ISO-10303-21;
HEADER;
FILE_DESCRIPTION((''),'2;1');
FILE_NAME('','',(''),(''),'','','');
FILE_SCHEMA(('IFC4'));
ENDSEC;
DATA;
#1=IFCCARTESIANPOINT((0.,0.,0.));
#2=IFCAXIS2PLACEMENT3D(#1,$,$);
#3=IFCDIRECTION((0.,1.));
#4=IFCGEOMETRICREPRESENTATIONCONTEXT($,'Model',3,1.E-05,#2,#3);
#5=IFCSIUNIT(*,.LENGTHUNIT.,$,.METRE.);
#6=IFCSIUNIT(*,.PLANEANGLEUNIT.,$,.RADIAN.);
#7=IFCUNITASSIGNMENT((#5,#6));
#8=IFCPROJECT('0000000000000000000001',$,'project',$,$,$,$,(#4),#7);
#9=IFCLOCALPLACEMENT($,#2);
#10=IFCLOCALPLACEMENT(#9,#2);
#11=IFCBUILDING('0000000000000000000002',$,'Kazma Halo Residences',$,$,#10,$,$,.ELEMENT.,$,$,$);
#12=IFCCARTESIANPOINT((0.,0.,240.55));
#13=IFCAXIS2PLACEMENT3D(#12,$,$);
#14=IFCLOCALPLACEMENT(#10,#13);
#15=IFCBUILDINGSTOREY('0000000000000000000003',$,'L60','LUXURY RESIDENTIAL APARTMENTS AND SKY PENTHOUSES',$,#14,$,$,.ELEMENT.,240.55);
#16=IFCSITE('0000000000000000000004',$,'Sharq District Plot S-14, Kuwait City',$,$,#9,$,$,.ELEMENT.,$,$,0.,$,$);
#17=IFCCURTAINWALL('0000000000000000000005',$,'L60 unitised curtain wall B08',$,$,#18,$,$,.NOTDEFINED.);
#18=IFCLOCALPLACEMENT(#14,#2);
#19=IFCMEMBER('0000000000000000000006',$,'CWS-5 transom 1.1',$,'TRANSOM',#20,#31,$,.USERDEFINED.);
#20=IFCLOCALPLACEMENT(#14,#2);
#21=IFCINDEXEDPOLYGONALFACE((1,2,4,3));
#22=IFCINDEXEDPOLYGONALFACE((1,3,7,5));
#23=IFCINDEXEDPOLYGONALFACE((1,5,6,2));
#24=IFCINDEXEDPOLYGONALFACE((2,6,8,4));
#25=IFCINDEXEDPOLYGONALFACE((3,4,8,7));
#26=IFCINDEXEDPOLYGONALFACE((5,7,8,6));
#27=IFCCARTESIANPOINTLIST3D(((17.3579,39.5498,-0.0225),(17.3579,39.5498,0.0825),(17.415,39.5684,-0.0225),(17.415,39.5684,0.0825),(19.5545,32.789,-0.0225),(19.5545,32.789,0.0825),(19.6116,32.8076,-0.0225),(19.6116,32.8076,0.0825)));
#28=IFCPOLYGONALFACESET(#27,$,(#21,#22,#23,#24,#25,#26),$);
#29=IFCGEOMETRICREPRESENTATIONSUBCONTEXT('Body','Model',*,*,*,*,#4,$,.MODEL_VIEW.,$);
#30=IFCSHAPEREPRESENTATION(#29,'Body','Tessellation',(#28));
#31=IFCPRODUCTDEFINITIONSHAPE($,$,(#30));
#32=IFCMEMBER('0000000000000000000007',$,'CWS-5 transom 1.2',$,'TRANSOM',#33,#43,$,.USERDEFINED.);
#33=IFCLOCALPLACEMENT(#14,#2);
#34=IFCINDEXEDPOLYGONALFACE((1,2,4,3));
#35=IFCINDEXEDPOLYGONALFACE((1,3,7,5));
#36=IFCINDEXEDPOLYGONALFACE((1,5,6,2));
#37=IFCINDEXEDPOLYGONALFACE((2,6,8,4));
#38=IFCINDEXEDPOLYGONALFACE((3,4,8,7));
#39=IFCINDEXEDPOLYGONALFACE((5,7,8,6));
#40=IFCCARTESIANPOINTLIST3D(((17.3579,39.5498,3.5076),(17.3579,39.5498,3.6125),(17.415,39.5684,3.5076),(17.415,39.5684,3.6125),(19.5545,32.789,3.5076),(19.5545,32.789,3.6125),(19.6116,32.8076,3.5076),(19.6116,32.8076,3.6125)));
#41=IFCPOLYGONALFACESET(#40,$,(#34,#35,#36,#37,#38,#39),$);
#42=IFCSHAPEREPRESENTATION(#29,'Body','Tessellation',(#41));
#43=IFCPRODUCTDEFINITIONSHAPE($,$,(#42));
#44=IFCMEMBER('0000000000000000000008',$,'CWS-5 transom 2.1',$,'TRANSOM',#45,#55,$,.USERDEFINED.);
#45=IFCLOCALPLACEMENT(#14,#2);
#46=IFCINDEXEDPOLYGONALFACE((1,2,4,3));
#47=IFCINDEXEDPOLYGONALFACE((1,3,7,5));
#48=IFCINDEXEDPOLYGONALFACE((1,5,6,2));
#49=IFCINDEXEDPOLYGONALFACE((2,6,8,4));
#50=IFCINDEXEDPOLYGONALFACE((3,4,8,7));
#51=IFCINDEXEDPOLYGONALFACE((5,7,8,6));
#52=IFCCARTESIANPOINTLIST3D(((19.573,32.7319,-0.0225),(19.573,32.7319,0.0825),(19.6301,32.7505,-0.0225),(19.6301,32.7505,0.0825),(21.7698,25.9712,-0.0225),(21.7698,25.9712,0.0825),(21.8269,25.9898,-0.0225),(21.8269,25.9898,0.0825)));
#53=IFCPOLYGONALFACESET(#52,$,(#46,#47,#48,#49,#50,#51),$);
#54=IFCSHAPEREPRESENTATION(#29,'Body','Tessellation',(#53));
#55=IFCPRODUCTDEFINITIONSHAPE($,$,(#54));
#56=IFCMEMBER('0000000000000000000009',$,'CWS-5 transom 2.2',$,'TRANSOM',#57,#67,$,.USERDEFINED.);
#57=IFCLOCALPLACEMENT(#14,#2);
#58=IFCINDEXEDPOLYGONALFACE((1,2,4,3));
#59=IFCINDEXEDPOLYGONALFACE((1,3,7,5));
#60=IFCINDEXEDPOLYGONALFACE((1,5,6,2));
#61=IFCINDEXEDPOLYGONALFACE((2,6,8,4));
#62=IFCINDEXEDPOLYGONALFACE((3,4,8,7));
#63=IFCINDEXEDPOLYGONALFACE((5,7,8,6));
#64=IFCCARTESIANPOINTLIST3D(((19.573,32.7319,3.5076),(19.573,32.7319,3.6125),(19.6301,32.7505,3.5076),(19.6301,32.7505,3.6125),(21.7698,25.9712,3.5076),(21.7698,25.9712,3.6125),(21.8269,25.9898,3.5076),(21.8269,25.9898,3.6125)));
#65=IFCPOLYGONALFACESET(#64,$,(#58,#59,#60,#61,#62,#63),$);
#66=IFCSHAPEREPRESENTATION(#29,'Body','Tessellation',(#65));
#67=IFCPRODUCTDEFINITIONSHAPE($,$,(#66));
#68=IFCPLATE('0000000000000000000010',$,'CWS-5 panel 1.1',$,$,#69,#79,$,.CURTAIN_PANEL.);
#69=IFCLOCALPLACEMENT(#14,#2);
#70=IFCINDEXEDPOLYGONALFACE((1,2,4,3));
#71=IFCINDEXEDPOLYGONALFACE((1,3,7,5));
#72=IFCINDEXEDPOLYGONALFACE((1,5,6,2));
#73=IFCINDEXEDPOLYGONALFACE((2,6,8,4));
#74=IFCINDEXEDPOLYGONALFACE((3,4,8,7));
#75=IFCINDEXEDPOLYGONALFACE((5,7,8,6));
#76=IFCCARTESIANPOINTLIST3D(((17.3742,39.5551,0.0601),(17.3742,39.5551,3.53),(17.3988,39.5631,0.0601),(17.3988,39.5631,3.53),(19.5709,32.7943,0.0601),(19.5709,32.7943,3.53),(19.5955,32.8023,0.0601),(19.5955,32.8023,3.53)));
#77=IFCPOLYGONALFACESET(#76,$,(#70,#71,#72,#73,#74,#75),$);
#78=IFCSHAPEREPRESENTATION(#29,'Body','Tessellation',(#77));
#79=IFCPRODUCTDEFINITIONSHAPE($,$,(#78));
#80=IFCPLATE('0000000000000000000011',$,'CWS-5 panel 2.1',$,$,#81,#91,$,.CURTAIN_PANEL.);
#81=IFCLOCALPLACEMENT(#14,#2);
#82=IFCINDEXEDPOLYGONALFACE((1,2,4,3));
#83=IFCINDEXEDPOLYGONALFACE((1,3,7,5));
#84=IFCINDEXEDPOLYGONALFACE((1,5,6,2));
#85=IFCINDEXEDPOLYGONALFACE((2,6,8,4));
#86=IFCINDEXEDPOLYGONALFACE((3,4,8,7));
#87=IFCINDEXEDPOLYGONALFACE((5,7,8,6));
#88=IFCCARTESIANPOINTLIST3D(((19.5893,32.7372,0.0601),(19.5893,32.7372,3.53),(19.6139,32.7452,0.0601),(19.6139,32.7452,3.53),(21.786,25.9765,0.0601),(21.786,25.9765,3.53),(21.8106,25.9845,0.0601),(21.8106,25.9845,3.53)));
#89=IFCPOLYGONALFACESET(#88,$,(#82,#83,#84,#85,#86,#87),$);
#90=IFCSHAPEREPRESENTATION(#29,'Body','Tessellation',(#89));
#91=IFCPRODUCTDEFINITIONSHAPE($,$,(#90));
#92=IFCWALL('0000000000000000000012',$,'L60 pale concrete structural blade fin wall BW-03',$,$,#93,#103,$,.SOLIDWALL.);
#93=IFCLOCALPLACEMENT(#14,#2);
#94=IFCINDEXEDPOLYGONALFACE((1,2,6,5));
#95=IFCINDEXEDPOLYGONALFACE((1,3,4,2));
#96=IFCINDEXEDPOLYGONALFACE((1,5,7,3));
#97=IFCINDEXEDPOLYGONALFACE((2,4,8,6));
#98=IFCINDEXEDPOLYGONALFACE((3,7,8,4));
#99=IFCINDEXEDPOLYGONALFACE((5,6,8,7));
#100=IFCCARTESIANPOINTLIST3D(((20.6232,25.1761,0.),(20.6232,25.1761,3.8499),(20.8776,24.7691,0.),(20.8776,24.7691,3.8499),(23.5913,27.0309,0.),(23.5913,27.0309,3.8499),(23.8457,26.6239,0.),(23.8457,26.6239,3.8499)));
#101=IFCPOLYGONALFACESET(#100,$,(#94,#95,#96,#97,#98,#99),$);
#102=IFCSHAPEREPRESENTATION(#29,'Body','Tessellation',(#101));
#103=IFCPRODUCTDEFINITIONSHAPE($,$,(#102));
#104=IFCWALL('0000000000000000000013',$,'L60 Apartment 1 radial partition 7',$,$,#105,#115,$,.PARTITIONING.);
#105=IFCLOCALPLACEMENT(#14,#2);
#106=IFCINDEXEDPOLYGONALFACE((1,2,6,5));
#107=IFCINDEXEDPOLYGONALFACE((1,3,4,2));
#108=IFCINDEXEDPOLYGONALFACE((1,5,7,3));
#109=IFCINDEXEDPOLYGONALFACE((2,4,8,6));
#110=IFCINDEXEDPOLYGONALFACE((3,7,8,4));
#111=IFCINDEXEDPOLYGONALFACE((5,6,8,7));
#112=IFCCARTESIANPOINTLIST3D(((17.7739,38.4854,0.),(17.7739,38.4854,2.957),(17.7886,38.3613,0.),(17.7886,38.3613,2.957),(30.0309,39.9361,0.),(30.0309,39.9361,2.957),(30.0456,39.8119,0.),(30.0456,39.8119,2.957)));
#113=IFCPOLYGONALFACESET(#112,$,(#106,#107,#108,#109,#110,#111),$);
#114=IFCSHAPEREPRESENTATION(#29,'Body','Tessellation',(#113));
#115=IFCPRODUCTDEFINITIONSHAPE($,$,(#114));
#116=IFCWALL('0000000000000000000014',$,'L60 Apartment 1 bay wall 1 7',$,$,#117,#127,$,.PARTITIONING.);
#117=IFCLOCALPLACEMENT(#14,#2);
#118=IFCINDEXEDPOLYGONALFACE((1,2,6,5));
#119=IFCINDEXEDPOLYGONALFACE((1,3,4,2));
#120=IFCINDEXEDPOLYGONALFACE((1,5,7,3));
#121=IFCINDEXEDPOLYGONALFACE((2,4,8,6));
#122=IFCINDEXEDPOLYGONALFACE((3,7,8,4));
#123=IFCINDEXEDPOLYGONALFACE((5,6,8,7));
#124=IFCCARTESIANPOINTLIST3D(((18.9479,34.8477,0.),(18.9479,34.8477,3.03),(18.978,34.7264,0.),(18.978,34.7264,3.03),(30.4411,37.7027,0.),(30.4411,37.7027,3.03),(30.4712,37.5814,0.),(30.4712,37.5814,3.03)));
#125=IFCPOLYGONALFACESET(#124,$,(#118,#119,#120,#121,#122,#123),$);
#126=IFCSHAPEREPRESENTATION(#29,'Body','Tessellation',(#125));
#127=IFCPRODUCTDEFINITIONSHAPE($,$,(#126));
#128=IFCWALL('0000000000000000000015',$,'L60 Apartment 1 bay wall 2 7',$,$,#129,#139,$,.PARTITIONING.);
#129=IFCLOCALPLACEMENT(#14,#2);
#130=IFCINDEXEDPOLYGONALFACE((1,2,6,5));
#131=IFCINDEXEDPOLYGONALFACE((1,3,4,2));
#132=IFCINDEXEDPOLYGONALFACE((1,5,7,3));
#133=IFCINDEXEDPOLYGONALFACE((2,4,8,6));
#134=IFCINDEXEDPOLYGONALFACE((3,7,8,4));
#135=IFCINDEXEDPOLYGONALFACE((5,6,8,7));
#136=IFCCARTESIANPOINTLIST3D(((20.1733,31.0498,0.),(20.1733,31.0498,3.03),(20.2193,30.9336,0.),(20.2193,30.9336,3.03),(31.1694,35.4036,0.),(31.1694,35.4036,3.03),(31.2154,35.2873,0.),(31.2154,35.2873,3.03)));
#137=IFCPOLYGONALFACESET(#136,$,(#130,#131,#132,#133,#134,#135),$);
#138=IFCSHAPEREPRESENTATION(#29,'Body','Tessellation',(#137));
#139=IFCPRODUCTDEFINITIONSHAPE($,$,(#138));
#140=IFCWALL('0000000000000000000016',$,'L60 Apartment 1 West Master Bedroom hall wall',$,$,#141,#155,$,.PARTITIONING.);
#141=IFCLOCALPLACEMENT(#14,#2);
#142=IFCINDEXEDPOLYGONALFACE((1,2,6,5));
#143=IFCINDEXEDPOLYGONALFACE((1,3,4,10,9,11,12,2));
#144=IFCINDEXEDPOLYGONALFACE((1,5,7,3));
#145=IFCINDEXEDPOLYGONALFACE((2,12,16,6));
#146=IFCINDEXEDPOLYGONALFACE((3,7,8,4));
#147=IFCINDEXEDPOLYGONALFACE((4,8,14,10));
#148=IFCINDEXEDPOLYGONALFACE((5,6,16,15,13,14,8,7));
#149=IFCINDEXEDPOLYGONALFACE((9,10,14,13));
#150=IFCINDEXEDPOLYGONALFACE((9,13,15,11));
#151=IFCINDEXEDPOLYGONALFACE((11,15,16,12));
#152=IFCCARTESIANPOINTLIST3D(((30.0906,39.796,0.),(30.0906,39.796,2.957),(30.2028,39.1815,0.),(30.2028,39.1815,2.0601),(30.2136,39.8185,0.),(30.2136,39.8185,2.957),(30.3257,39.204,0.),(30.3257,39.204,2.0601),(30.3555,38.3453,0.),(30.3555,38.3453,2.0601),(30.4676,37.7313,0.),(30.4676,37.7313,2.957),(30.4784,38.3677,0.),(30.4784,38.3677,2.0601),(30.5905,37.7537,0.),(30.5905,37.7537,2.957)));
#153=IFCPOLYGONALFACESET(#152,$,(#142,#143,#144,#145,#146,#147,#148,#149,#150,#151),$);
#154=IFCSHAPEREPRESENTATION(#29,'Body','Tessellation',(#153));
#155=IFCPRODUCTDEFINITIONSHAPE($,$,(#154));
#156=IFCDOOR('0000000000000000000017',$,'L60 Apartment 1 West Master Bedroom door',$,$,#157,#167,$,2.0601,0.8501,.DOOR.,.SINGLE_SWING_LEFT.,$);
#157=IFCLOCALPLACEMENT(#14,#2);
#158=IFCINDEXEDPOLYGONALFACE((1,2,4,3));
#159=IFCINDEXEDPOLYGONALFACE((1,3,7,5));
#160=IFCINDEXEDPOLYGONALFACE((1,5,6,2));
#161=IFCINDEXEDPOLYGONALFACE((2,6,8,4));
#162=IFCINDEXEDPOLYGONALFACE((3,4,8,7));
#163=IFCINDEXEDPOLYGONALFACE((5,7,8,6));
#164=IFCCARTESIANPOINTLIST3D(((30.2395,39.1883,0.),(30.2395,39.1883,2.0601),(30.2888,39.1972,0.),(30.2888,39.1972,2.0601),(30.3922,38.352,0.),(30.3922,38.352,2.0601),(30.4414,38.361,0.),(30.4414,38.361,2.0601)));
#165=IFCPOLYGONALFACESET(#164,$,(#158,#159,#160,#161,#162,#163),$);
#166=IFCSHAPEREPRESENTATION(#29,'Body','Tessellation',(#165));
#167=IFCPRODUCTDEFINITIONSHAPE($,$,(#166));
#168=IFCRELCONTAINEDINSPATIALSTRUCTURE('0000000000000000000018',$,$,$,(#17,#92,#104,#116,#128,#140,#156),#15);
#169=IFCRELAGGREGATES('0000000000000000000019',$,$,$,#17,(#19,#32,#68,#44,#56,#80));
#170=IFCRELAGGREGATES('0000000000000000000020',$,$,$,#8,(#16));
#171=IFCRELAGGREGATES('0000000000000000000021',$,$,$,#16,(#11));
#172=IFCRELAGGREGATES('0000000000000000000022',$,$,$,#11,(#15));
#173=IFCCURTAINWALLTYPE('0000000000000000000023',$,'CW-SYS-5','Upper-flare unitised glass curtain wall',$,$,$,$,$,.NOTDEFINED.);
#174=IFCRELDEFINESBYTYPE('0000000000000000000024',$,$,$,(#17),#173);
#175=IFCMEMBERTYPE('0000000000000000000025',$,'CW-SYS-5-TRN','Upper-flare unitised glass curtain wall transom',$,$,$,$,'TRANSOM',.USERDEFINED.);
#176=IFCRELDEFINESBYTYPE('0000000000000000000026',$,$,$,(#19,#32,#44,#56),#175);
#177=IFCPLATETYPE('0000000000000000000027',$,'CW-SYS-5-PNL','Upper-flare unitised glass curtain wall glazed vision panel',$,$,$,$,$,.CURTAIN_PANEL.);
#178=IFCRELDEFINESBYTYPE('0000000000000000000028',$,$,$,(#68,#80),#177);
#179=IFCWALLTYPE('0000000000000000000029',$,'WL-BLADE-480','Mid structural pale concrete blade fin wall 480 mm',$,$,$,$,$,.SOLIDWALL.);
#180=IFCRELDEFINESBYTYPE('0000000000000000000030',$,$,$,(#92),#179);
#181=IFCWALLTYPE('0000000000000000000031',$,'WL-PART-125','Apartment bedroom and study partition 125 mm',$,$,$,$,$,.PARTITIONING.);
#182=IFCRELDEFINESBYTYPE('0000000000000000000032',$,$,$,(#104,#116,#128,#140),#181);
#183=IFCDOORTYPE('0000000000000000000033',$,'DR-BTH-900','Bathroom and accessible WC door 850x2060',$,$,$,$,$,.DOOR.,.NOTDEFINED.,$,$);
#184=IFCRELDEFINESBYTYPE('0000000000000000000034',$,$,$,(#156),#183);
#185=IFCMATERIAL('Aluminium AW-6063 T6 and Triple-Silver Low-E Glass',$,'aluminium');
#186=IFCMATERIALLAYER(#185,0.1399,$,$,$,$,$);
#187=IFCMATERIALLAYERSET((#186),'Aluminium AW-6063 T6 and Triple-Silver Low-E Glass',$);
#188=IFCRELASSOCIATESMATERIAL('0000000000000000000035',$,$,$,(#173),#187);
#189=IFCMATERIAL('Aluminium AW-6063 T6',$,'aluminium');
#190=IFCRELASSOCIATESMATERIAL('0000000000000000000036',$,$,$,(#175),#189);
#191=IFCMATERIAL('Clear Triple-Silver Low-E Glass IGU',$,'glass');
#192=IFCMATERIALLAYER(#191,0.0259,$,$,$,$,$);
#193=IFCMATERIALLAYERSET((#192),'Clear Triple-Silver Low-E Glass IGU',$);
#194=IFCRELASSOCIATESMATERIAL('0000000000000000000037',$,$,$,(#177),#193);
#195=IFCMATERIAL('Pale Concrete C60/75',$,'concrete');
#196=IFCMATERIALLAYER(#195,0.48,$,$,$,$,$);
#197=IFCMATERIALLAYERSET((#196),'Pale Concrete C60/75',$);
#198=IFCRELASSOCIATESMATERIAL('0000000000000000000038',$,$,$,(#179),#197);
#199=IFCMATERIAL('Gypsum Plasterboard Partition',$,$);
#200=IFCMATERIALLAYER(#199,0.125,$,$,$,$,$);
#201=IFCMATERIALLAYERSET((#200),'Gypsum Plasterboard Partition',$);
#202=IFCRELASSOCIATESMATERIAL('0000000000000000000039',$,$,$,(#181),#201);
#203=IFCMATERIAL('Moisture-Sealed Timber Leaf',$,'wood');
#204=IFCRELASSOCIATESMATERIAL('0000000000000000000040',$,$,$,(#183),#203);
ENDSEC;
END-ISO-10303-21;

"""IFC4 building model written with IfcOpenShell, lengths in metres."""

from ifc_helpers import new_model, si_unit, direction, frame, frame_2d, origin, origin_2d, place, context, subcontext, project, spatial, rectangle, extrude, material, layer, layer_set, material_profile, profile_set, type_object, element, fill, aggregate, save


model = new_model("IFC4")

# Units and contexts
model_context = context("Model", 3, precision=1e-05, world=origin(), true_north=direction((0.0, 1.0)))
body_context = subcontext(model_context, "Body", "Model", "MODEL_VIEW")
ifc_project = project(units=[si_unit("LENGTHUNIT", "METRE"), si_unit("PLANEANGLEUNIT", "RADIAN")], contexts=[model_context])

# Site, building, storey
site_placement = place(None, origin())
site = spatial("IfcSite", under=ifc_project, at=site_placement, Name="Sharq District Plot S-14, Kuwait City", CompositionType="ELEMENT", RefElevation=0.0)
building_placement = place(site_placement, origin())
building = spatial("IfcBuilding", under=site, at=building_placement, Name="Kazma Halo Residences", CompositionType="ELEMENT")
storey_placement = place(building_placement, frame((0.0, 0.0, 240.55)))
storey = spatial("IfcBuildingStorey", under=building, at=storey_placement, Name="L60", Description="LUXURY RESIDENTIAL APARTMENTS AND SKY PENTHOUSES", CompositionType="ELEMENT", Elevation=240.55)

# Curtain wall, members, plates
ifc_material_1 = material(Name="Aluminium AW-6063 T6 and Triple-Silver Low-E Glass", Category="aluminium")
ifc_layer_1 = layer(ifc_material_1, 0.1399)
ifc_layer_set_1 = layer_set([ifc_layer_1], Name="Aluminium AW-6063 T6 and Triple-Silver Low-E Glass")
curtain_wall_type = type_object("IfcCurtainWallType", Name="CW-SYS-5", Description="Upper-flare unitised glass curtain wall", PredefinedType="NOTDEFINED", material=ifc_layer_set_1)
curtain_wall_placement = place(storey_placement, origin())
curtain_wall = element("IfcCurtainWall", 1, at=curtain_wall_placement, inside=storey, type_object=curtain_wall_type, Name="L60 unitised curtain wall B08", PredefinedType="NOTDEFINED")
ifc_material_2 = material(Name="Aluminium AW-6063 T6", Category="aluminium")
ifc_material_profile_1 = material_profile(ifc_material_2, rectangle(XDim=0.0601, YDim=0.105, at=origin_2d()), Name="CWT-60x105")
ifc_profile_set_1 = profile_set([ifc_material_profile_1], Name="Aluminium AW-6063 T6")
member_type_1 = type_object("IfcMemberType", Name="CW-SYS-5-TRN", Description="Upper-flare unitised glass curtain wall transom", ElementType="TRANSOM", PredefinedType="USERDEFINED", material=ifc_profile_set_1)
member_1_placement = place(storey_placement, frame((17.3865, 39.5591, 0.03), z_axis=(0.308996, -0.951063, 0.0), x_axis=(0.951063, 0.308996, 0.0)))
member_1 = element("IfcMember", 2, at=member_1_placement, type_object=member_type_1, Name="CWS-5 transom 1.1", ObjectType="TRANSOM", PredefinedType="USERDEFINED", context=body_context, shape_type="SweptSolid", body=[
    extrude(rectangle(XDim=0.0601, YDim=0.105, at=origin_2d()), origin(), (0.0, 0.0, 1.0), 7.1086),
])
member_2_placement = place(storey_placement, frame((17.3865, 39.5591, 3.5601), z_axis=(0.308996, -0.951063, 0.0), x_axis=(0.951063, 0.308996, 0.0)))
member_2 = element("IfcMember", 3, at=member_2_placement, type_object=member_type_1, Name="CWS-5 transom 1.2", ObjectType="TRANSOM", PredefinedType="USERDEFINED", context=body_context, shape_type="SweptSolid", body=[
    extrude(rectangle(XDim=0.0601, YDim=0.105, at=origin_2d()), origin(), (0.0, 0.0, 1.0), 7.1086),
])
member_3_placement = place(storey_placement, frame((19.6016, 32.7412, 0.03), z_axis=(0.309027, -0.951053, 0.0), x_axis=(0.951053, 0.309027, 0.0)))
member_3 = element("IfcMember", 4, at=member_3_placement, type_object=member_type_1, Name="CWS-5 transom 2.1", ObjectType="TRANSOM", PredefinedType="USERDEFINED", context=body_context, shape_type="SweptSolid", body=[
    extrude(rectangle(XDim=0.0601, YDim=0.105, at=origin_2d()), origin(), (0.0, 0.0, 1.0), 7.1086),
])
member_4_placement = place(storey_placement, frame((19.6016, 32.7412, 3.5601), z_axis=(0.309027, -0.951053, 0.0), x_axis=(0.951053, 0.309027, 0.0)))
member_4 = element("IfcMember", 5, at=member_4_placement, type_object=member_type_1, Name="CWS-5 transom 2.2", ObjectType="TRANSOM", PredefinedType="USERDEFINED", context=body_context, shape_type="SweptSolid", body=[
    extrude(rectangle(XDim=0.0601, YDim=0.105, at=origin_2d()), origin(), (0.0, 0.0, 1.0), 7.1086),
])
ifc_material_3 = material(Name="Clear Triple-Silver Low-E Glass IGU", Category="glass")
ifc_layer_2 = layer(ifc_material_3, 0.0259)
ifc_layer_set_2 = layer_set([ifc_layer_2], Name="Clear Triple-Silver Low-E Glass IGU")
plate_type = type_object("IfcPlateType", Name="CW-SYS-5-PNL", Description="Upper-flare unitised glass curtain wall glazed vision panel", PredefinedType="CURTAIN_PANEL", material=ifc_layer_set_2)
plate_1_placement = place(storey_placement, frame((18.4849, 36.1787, 0.0601), z_axis=(0.0, 0.0, 1.0), x_axis=(0.309011, -0.951058, 0.0)))
plate_1 = element("IfcPlate", 6, at=plate_1_placement, type_object=plate_type, Name="CWS-5 panel 1.1", PredefinedType="CURTAIN_PANEL", context=body_context, shape_type="SweptSolid", body=[
    extrude(rectangle(XDim=7.1086, YDim=0.0259, at=origin_2d()), origin(), (0.0, 0.0, 1.0), 3.47),
])
plate_2_placement = place(storey_placement, frame((20.7, 29.3608, 0.0601), z_axis=(0.0, 0.0, 1.0), x_axis=(0.309011, -0.951058, 0.0)))
plate_2 = element("IfcPlate", 7, at=plate_2_placement, type_object=plate_type, Name="CWS-5 panel 2.1", PredefinedType="CURTAIN_PANEL", context=body_context, shape_type="SweptSolid", body=[
    extrude(rectangle(XDim=7.1086, YDim=0.0259, at=origin_2d()), origin(), (0.0, 0.0, 1.0), 3.47),
])
aggregate(curtain_wall, [member_1, member_2, plate_1, member_3, member_4, plate_2])

# Walls
ifc_material_4 = material(Name="Pale Concrete C60/75", Category="concrete")
ifc_layer_3 = layer(ifc_material_4, 0.48)
ifc_layer_set_3 = layer_set([ifc_layer_3], Name="Pale Concrete C60/75")
wall_type_1 = type_object("IfcWallType", Name="WL-BLADE-480", Description="Mid structural pale concrete blade fin wall 480 mm", PredefinedType="SOLIDWALL", material=ifc_layer_set_3)
wall_1_placement = place(storey_placement, frame((23.7185, 26.8274, 0.0), z_axis=(0.0, 0.0, 1.0), x_axis=(-0.848034, -0.529943, 0.0)))
element("IfcWall", 8, at=wall_1_placement, inside=storey, type_object=wall_type_1, Name="L60 pale concrete structural blade fin wall BW-03", PredefinedType="SOLIDWALL", context=body_context, shape_type="SweptSolid", body=[
    extrude(rectangle(XDim=3.5, YDim=0.48, at=frame_2d((1.75, 0.0))), origin(), (0.0, 0.0, 1.0), 3.8499),
])
ifc_material_5 = material(Name="Gypsum Plasterboard Partition")
ifc_layer_4 = layer(ifc_material_5, 0.125)
ifc_layer_set_4 = layer_set([ifc_layer_4], Name="Gypsum Plasterboard Partition")
wall_type_2 = type_object("IfcWallType", Name="WL-PART-125", Description="Apartment bedroom and study partition 125 mm", PredefinedType="PARTITIONING", material=ifc_layer_set_4)
wall_2_placement = place(storey_placement, frame((30.0383, 39.874, 0.0), z_axis=(0.0, 0.0, 1.0), x_axis=(-0.993069, -0.117534, 0.0)))
element("IfcWall", 9, at=wall_2_placement, inside=storey, type_object=wall_type_2, Name="L60 Apartment 1 radial partition 7", PredefinedType="PARTITIONING", context=body_context, shape_type="SweptSolid", body=[
    extrude(rectangle(XDim=12.3425, YDim=0.125, at=frame_2d((6.1714, 0.0))), origin(), (0.0, 0.0, 1.0), 2.957),
])
wall_3_placement = place(storey_placement, frame((30.4563, 37.6421, 0.0), z_axis=(0.0, 0.0, 1.0), x_axis=(-0.970505, -0.24108, 0.0)))
element("IfcWall", 10, at=wall_3_placement, inside=storey, type_object=wall_type_2, Name="L60 Apartment 1 bay wall 1 7", PredefinedType="PARTITIONING", context=body_context, shape_type="SweptSolid", body=[
    extrude(rectangle(XDim=11.8425, YDim=0.125, at=frame_2d((5.9214, 0.0))), origin(), (0.0, 0.0, 1.0), 3.03),
])
wall_4_placement = place(storey_placement, frame((31.1924, 35.3455, 0.0), z_axis=(0.0, 0.0, 1.0), x_axis=(-0.929774, -0.368132, 0.0)))
element("IfcWall", 11, at=wall_4_placement, inside=storey, type_object=wall_type_2, Name="L60 Apartment 1 bay wall 2 7", PredefinedType="PARTITIONING", context=body_context, shape_type="SweptSolid", body=[
    extrude(rectangle(XDim=11.8267, YDim=0.125, at=frame_2d((5.9133, 0.0))), origin(), (0.0, 0.0, 1.0), 3.03),
])

# Wall, opening, door
wall_5_placement = place(storey_placement, frame((30.1521, 39.8071, 0.0), z_axis=(0.0, 0.0, 1.0), x_axis=(0.179602, -0.983739, 0.0)))
wall_5 = element("IfcWall", 12, at=wall_5_placement, inside=storey, type_object=wall_type_2, Name="L60 Apartment 1 West Master Bedroom hall wall", PredefinedType="PARTITIONING", context=body_context, shape_type="SweptSolid", body=[
    extrude(rectangle(XDim=2.0989, YDim=0.125, at=frame_2d((1.0493, 0.0))), origin(), (0.0, 0.0, 1.0), 2.957),
])
opening_1_placement = place(wall_5_placement, frame((0.6245, 0.0, 0.0)))
opening_1 = element("IfcOpeningElement", 13, at=opening_1_placement, cuts=wall_5, PredefinedType="OPENING", context=body_context, shape_type="SweptSolid", body=[
    extrude(rectangle(XDim=0.8501, YDim=2.0601, at=frame_2d((0.425, 1.03))), frame((0.0, 0.0725, 0.0), z_axis=(0.0, -1.0, 0.0), x_axis=(1.0, 0.0, 0.0)), (0.0, 0.0, 1.0), 0.145),
])
ifc_material_6 = material(Name="Moisture-Sealed Timber Leaf", Category="wood")
door_type = type_object("IfcDoorType", Name="DR-BTH-900", Description="Bathroom and accessible WC door 850x2060", OperationType="NOTDEFINED", PredefinedType="DOOR", material=ifc_material_6)
door_1_placement = place(opening_1_placement, origin())
door_1 = element("IfcDoor", 14, at=door_1_placement, inside=storey, type_object=door_type, Name="L60 Apartment 1 West Master Bedroom door", OperationType="SINGLE_SWING_LEFT", OverallHeight=2.0601, OverallWidth=0.8501, PredefinedType="DOOR", context=body_context, shape_type="SweptSolid", body=[
    extrude(rectangle(XDim=0.8501, YDim=2.0601, at=frame_2d((0.425, 1.03))), frame((0.0, 0.0249, 0.0), z_axis=(0.0, -1.0, 0.0), x_axis=(1.0, 0.0, 0.0)), (0.0, 0.0, 1.0), 0.05),
])
fill(opening_1, door_1)

save(model, "model.ifc")
